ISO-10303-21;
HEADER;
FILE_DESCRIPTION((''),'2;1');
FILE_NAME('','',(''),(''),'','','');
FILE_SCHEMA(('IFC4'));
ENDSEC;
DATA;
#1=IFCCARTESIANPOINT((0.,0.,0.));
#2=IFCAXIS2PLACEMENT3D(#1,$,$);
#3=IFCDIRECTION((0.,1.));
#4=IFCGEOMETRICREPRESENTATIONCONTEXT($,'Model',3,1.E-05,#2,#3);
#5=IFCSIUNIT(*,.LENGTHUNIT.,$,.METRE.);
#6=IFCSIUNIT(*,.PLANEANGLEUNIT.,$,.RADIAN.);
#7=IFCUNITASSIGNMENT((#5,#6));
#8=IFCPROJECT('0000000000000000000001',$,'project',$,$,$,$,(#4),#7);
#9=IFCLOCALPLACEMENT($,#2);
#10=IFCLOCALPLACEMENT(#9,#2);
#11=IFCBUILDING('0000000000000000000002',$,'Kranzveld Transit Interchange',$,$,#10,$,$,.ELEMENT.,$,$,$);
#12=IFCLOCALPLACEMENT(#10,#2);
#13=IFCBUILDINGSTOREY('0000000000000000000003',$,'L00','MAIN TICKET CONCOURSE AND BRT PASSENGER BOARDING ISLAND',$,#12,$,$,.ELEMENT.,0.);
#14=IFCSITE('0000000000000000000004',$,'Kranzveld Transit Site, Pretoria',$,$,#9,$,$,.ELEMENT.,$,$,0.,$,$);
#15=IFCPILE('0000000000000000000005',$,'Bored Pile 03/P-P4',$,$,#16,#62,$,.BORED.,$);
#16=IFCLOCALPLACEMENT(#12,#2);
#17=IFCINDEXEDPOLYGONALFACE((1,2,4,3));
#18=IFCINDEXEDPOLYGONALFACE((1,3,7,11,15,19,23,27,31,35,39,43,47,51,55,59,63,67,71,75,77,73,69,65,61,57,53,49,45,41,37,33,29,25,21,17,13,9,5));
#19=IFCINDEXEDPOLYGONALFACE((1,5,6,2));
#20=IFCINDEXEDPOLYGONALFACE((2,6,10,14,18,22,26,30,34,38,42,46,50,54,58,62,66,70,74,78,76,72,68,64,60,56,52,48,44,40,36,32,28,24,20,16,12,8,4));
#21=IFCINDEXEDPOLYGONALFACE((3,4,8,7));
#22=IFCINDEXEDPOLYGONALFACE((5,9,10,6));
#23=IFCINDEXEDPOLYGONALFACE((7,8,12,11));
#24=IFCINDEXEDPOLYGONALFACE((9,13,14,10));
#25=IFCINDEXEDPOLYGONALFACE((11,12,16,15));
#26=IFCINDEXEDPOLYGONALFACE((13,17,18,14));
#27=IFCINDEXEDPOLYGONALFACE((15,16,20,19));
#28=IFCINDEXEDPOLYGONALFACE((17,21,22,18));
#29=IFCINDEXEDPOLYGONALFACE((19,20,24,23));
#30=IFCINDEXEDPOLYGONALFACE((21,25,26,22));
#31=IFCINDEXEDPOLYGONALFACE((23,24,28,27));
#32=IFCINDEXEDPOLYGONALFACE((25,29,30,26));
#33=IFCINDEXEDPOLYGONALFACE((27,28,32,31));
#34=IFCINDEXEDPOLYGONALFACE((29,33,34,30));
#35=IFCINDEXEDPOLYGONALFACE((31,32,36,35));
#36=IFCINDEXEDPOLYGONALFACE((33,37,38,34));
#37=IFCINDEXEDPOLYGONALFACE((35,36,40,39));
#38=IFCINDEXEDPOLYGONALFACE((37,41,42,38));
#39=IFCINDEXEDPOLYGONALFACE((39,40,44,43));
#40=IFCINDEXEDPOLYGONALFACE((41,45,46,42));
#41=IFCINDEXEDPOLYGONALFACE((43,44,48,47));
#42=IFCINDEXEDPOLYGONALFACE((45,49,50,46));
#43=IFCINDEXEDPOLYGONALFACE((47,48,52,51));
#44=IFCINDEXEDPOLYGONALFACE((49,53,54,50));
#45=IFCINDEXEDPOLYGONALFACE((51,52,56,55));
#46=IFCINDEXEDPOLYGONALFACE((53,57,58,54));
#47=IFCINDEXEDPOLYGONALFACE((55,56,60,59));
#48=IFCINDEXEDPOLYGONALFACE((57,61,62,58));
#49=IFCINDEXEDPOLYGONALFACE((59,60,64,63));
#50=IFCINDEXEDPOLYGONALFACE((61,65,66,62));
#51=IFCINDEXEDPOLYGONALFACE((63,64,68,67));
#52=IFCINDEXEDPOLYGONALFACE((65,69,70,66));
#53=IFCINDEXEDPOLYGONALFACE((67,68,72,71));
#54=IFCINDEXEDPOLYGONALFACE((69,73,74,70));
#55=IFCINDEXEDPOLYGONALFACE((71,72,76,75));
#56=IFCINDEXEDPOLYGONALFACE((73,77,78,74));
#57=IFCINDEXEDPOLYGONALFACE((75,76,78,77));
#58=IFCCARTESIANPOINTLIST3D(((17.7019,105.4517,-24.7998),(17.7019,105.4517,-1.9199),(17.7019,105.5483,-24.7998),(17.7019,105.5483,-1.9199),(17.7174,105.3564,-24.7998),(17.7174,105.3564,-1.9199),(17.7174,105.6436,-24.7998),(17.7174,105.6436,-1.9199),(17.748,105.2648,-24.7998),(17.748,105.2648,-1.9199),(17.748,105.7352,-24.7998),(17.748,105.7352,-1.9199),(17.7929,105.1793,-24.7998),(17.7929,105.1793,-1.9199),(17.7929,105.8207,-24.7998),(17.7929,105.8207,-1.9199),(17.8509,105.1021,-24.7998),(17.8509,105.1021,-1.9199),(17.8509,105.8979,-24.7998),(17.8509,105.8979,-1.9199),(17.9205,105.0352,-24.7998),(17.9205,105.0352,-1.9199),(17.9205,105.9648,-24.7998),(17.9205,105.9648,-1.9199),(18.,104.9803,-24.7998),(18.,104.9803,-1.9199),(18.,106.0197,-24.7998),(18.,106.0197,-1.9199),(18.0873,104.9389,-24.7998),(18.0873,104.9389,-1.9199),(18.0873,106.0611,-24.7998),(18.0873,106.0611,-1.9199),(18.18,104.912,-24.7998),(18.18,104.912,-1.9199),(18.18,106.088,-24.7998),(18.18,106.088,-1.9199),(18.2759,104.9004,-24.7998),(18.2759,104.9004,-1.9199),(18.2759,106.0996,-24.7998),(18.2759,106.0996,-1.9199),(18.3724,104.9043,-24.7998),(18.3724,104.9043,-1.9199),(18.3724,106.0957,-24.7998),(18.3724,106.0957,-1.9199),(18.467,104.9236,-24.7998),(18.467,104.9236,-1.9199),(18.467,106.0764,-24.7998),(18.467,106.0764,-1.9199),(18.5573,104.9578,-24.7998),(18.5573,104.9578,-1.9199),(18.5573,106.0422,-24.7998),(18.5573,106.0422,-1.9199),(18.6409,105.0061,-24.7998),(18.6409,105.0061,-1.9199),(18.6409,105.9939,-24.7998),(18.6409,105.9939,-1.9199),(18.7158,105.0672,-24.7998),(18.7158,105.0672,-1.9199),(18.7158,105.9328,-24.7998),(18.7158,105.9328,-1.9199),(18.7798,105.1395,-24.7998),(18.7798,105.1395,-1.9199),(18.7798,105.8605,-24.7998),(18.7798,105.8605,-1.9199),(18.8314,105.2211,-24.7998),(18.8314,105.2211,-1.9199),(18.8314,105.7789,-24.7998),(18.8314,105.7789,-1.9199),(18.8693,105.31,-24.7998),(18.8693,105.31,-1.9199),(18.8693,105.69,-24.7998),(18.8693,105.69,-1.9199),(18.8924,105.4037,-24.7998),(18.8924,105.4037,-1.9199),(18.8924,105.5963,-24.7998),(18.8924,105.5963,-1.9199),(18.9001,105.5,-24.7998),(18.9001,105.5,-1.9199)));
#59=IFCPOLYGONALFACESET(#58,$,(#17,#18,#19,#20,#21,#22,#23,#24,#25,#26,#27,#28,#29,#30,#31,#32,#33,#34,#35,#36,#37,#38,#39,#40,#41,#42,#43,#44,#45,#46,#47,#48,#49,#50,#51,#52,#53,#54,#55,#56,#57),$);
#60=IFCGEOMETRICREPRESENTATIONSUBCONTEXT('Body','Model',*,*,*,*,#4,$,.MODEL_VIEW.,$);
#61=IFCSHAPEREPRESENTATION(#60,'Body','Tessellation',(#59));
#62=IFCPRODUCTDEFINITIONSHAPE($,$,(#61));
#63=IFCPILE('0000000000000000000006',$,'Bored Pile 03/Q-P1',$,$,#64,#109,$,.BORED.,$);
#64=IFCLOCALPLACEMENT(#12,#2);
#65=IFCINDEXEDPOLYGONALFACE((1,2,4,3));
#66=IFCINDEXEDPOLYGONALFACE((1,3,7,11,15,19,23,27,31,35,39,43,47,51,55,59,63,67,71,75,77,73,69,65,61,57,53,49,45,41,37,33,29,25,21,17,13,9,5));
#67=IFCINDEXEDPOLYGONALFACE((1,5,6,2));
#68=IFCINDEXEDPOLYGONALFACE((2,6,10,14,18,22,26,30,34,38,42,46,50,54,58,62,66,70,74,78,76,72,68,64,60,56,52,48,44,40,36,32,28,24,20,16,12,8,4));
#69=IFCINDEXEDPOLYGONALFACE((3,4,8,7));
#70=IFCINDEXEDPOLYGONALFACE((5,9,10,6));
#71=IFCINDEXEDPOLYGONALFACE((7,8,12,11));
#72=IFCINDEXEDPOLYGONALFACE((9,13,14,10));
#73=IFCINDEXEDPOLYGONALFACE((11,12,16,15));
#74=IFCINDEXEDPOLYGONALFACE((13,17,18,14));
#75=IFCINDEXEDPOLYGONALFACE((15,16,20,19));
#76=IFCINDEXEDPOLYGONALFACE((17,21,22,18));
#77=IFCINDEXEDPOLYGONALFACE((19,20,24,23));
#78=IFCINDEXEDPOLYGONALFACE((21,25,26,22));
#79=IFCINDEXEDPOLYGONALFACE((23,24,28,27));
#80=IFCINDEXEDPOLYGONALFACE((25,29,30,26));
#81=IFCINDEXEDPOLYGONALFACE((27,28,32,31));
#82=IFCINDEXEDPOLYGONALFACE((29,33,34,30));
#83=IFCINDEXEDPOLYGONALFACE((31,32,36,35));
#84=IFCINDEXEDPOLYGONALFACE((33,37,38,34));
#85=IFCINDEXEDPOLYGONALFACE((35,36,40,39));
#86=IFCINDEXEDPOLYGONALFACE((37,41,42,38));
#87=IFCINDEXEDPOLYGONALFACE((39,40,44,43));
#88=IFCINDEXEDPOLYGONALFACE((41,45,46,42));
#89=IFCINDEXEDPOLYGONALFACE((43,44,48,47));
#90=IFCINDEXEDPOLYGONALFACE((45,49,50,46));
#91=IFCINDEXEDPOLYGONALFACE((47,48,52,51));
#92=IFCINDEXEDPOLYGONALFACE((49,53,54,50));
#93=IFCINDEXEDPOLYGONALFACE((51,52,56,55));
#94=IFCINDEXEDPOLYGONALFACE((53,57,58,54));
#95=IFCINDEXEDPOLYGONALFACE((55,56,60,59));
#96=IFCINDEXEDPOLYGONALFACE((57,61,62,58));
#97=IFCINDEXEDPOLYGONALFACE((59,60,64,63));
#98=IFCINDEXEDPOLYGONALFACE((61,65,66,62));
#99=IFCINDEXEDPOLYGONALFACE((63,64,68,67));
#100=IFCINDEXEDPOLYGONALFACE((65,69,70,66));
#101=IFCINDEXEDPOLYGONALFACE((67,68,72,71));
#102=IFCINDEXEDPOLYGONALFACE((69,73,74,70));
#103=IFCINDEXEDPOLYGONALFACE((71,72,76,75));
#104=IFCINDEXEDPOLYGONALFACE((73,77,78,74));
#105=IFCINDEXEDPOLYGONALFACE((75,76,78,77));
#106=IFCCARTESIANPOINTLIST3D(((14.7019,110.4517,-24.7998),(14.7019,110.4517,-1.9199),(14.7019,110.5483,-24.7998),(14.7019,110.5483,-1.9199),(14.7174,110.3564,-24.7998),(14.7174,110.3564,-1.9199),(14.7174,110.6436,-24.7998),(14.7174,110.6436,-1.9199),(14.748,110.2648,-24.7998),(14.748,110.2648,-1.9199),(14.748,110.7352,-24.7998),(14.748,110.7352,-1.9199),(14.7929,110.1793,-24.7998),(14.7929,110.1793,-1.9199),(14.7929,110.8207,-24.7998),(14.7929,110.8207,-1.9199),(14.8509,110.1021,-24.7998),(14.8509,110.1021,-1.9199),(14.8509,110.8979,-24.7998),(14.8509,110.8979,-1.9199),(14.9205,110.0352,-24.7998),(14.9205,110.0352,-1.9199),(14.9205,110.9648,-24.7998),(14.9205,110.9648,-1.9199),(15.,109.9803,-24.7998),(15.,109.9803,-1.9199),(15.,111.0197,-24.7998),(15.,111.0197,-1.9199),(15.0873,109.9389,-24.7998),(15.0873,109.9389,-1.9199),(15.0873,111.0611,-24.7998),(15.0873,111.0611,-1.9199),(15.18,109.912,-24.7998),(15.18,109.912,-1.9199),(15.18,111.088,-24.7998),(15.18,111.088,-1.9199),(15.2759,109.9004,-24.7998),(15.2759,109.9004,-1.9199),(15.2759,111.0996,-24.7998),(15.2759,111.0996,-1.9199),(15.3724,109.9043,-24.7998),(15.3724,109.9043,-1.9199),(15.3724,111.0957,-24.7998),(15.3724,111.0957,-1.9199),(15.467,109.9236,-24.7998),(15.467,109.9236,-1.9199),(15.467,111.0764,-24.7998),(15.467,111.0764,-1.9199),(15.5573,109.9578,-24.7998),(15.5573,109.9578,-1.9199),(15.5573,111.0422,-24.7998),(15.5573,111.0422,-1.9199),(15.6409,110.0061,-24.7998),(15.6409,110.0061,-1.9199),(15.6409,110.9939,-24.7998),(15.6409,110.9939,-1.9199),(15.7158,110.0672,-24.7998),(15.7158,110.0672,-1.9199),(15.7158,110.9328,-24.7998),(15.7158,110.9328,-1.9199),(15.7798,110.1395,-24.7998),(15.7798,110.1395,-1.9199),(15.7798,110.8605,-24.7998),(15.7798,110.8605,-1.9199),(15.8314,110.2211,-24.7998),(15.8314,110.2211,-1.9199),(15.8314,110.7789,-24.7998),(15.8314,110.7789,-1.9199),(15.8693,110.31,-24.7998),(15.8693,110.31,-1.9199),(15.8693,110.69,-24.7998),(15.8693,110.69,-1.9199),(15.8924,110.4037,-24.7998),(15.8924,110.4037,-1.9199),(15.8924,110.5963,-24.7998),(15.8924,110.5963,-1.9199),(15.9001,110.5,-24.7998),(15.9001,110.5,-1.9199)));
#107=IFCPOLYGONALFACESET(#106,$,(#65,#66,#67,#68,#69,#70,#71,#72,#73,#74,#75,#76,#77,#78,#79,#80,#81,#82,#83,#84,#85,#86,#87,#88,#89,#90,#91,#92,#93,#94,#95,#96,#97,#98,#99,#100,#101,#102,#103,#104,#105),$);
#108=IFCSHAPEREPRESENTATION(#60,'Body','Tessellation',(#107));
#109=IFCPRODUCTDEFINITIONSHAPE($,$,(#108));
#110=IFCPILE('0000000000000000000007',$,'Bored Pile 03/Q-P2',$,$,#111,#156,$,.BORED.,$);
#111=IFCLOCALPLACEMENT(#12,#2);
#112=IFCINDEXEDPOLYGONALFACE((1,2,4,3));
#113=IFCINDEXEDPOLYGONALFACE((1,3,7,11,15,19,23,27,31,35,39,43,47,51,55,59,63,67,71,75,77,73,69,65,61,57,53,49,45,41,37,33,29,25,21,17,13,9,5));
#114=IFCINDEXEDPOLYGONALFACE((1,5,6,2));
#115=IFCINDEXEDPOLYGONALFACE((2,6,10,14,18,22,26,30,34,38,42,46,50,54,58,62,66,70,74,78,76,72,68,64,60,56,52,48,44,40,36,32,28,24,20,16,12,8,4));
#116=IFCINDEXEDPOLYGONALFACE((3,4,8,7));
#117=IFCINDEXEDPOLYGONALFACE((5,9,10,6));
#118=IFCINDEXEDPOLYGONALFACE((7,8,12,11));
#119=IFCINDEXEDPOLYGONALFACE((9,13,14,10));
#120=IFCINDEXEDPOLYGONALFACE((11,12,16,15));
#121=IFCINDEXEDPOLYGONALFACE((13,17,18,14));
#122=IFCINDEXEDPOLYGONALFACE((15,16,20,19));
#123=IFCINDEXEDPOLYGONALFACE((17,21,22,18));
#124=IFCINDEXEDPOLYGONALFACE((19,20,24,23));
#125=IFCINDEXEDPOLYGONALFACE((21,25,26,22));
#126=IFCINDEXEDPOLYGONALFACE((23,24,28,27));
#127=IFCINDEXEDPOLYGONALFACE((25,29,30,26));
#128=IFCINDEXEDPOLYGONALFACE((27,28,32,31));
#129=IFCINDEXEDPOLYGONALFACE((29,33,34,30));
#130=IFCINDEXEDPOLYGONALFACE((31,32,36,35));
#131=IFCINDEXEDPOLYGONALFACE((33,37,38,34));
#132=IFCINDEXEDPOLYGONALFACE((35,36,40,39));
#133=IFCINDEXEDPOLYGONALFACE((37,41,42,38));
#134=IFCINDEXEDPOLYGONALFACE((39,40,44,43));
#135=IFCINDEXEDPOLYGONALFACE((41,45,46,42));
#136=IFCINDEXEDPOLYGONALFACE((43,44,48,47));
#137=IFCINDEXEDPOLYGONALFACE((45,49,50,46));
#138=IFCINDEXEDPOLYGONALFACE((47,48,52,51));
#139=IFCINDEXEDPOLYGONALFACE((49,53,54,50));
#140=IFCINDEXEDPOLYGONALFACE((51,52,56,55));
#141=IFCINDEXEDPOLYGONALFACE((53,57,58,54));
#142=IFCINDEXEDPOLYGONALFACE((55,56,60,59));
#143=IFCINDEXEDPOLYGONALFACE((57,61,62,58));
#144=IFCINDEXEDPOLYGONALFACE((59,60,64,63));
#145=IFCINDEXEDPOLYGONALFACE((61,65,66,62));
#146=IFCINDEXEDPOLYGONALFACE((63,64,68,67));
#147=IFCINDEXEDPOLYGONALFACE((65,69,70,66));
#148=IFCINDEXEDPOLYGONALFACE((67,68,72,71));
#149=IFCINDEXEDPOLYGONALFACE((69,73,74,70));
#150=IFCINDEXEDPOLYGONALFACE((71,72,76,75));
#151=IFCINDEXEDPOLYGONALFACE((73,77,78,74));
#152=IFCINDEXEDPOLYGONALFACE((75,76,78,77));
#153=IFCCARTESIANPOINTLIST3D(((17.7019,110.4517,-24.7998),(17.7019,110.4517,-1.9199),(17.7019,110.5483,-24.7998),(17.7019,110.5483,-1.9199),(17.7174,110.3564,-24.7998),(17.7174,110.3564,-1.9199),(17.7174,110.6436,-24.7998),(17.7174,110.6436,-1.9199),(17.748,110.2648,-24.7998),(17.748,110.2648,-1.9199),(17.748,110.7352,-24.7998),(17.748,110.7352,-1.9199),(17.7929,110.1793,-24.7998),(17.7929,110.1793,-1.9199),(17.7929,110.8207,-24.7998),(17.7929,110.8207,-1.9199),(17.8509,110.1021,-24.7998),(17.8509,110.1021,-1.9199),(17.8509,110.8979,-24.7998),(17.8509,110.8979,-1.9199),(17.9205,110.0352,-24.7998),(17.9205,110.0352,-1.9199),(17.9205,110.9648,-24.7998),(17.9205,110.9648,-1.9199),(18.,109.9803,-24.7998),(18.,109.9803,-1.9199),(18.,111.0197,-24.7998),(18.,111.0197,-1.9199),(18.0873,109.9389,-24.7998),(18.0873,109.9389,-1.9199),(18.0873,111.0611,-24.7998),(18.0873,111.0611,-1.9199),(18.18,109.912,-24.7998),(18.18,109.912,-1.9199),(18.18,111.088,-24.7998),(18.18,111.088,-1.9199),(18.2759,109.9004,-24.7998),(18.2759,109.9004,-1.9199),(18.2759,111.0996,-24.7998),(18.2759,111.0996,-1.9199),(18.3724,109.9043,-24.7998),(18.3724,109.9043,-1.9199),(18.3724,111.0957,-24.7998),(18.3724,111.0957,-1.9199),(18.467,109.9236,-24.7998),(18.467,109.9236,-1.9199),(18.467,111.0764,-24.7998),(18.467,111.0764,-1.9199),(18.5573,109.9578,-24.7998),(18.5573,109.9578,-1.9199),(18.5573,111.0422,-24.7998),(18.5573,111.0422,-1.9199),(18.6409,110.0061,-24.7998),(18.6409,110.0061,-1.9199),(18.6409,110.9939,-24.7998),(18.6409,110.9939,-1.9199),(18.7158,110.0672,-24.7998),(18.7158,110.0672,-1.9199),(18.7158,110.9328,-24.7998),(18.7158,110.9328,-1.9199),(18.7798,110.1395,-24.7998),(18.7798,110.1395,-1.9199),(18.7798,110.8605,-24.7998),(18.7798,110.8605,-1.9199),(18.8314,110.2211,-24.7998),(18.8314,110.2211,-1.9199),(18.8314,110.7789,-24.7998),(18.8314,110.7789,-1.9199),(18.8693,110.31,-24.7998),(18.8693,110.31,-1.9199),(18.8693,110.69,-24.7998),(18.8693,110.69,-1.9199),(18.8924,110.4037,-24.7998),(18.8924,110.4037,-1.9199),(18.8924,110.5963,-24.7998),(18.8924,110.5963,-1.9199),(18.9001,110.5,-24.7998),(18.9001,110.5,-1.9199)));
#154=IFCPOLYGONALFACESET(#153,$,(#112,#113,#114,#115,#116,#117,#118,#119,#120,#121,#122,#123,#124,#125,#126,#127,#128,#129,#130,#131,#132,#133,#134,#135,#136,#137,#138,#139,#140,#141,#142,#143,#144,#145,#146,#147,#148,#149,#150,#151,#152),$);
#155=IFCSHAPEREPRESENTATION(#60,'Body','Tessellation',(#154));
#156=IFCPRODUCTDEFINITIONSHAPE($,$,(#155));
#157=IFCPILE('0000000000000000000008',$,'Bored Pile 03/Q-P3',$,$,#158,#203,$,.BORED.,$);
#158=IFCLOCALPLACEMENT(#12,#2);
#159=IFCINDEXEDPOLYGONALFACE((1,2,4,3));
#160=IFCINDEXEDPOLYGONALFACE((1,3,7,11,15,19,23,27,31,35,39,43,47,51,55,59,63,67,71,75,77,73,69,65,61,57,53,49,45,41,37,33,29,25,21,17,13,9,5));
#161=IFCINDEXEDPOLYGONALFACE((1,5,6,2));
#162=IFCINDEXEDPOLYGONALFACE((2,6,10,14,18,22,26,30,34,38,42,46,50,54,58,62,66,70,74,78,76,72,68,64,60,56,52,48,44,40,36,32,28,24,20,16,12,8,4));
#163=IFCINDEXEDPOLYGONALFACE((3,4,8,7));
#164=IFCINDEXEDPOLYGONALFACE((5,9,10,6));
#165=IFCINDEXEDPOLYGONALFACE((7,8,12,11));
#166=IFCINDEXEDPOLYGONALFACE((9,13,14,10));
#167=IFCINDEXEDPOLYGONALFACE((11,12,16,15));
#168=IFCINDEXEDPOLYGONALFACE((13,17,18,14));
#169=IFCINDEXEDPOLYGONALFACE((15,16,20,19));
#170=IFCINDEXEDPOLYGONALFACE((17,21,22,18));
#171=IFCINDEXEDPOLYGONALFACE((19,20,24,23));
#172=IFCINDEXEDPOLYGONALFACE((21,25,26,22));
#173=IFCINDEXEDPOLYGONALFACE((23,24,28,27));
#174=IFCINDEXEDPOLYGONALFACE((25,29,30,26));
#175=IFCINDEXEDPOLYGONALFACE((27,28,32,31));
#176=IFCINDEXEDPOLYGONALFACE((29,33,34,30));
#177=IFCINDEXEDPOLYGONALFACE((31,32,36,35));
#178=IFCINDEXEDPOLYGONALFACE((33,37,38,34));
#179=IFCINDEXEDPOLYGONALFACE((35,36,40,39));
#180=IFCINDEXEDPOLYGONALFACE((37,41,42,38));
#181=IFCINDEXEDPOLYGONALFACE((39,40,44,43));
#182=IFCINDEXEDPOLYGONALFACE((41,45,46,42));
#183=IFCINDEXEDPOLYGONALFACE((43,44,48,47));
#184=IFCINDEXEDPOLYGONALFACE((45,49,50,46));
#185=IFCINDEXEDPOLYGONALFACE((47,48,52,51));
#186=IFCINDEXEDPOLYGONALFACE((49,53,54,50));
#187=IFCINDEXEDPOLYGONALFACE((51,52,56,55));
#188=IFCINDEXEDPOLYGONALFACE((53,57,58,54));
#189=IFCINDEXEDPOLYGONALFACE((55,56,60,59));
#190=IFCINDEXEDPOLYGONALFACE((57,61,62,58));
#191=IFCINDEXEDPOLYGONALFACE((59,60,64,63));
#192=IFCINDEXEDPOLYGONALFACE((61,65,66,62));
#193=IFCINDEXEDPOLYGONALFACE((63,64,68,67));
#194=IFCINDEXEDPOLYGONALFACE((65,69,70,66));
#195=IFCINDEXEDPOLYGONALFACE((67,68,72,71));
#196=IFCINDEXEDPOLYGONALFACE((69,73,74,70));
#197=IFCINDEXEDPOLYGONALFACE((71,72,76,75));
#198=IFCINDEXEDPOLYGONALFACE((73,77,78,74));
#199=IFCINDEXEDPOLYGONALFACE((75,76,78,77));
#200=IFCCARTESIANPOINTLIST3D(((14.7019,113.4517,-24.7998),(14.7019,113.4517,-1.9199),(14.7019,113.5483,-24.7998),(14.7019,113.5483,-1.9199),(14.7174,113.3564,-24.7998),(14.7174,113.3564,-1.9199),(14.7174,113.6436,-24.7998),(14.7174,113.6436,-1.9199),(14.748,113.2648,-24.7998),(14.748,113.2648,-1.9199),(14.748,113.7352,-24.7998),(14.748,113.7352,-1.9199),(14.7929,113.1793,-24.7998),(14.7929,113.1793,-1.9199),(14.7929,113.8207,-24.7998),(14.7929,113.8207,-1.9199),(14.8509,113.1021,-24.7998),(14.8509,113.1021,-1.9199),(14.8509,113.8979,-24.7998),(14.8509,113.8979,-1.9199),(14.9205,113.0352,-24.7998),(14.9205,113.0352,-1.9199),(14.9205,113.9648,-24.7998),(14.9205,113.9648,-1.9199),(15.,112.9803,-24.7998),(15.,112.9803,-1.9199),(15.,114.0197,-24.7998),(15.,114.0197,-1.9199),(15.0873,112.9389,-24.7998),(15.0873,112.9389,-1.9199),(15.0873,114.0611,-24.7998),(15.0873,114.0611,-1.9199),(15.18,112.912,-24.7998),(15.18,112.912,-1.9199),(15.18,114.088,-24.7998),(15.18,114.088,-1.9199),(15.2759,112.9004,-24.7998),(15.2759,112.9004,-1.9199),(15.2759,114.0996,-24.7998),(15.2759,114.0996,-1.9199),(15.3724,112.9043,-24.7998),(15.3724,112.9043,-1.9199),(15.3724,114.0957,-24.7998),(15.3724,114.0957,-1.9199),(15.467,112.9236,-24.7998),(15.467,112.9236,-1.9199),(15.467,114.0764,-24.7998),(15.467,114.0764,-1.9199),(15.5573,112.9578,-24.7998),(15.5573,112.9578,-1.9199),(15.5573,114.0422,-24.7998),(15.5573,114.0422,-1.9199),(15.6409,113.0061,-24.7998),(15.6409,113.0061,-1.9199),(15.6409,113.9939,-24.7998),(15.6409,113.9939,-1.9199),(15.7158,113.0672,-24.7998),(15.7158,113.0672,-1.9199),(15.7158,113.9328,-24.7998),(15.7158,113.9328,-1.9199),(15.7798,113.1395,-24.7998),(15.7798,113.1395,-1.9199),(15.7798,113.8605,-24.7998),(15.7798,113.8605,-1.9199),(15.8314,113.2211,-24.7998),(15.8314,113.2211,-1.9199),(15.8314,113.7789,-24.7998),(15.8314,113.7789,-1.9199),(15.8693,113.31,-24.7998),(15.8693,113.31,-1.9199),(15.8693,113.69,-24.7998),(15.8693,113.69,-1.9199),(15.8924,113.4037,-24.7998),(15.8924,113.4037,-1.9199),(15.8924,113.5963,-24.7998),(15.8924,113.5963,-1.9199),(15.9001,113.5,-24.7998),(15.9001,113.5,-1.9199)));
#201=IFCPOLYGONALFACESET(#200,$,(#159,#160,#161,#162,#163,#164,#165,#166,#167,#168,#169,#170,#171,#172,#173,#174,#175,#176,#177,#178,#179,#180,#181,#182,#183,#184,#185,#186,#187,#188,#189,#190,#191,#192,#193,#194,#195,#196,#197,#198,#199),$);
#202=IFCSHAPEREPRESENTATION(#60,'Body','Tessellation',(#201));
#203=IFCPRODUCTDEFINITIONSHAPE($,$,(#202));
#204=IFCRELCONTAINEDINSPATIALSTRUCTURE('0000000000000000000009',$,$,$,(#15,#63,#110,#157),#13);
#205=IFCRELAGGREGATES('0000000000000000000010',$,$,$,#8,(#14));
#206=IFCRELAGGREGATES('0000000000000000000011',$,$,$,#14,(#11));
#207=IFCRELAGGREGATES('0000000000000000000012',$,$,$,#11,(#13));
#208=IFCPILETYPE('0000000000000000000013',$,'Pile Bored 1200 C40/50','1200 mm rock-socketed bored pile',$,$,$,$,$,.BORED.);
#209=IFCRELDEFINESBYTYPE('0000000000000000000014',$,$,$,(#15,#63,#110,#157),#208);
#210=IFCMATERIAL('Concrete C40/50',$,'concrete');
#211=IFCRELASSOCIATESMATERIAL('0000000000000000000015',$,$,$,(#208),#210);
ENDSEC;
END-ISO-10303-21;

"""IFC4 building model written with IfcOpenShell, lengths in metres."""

from ifc_helpers import new_model, si_unit, direction, frame, origin, origin_2d, place, context, subcontext, project, spatial, circle, extrude, material, material_profile, profile_set, type_object, element, save


model = new_model("IFC4")

# Units and contexts
model_context = context("Model", 3, precision=1e-05, world=origin(), true_north=direction((0.0, 1.0)))
body_context = subcontext(model_context, "Body", "Model", "MODEL_VIEW")
ifc_project = project(units=[si_unit("LENGTHUNIT", "METRE"), si_unit("PLANEANGLEUNIT", "RADIAN")], contexts=[model_context])

# Site, building, storey
site_placement = place(None, origin())
site = spatial("IfcSite", under=ifc_project, at=site_placement, Name="Kranzveld Transit Site, Pretoria", CompositionType="ELEMENT", RefElevation=0.0)
building_placement = place(site_placement, origin())
building = spatial("IfcBuilding", under=site, at=building_placement, Name="Kranzveld Transit Interchange", CompositionType="ELEMENT")
storey_placement = place(building_placement, origin())
storey = spatial("IfcBuildingStorey", under=building, at=storey_placement, Name="L00", Description="MAIN TICKET CONCOURSE AND BRT PASSENGER BOARDING ISLAND", CompositionType="ELEMENT", Elevation=0.0)

# Piles
ifc_material_1 = material(Name="Concrete C40/50", Category="concrete")
ifc_material_profile_1 = material_profile(ifc_material_1, circle(Radius=0.6001, at=origin_2d()), Name="BORED PILE 1200")
ifc_profile_set_1 = profile_set([ifc_material_profile_1], Name="Concrete C40/50")
pile_type = type_object("IfcPileType", Name="Pile Bored 1200 C40/50", Description="1200 mm rock-socketed bored pile", PredefinedType="BORED", material=ifc_profile_set_1)
for number, where, z_axis, x_axis, name in (
    (1, (18.3, 105.5, -1.9199), (0.0, 0.0, -1.0), (1.0, 0.0, 0.0), "Bored Pile 03/P-P4"),
    (2, (15.3, 110.5, -1.9199), (0.0, 0.0, -1.0), (1.0, 0.0, 0.0), "Bored Pile 03/Q-P1"),
    (3, (18.3, 110.5, -1.9199), (0.0, 0.0, -1.0), (1.0, 0.0, 0.0), "Bored Pile 03/Q-P2"),
    (4, (15.3, 113.5, -1.9199), (0.0, 0.0, -1.0), (1.0, 0.0, 0.0), "Bored Pile 03/Q-P3"),
):
    element("IfcPile", number, at=place(storey_placement, frame(where, z_axis=z_axis, x_axis=x_axis)), inside=storey, type_object=pile_type, Name=name, PredefinedType="BORED", context=body_context, shape_type="SweptSolid", body=[
        extrude(circle(Radius=0.6001, at=origin_2d()), origin(), (0.0, 0.0, 1.0), 22.8799),
    ])

save(model, "model.ifc")
